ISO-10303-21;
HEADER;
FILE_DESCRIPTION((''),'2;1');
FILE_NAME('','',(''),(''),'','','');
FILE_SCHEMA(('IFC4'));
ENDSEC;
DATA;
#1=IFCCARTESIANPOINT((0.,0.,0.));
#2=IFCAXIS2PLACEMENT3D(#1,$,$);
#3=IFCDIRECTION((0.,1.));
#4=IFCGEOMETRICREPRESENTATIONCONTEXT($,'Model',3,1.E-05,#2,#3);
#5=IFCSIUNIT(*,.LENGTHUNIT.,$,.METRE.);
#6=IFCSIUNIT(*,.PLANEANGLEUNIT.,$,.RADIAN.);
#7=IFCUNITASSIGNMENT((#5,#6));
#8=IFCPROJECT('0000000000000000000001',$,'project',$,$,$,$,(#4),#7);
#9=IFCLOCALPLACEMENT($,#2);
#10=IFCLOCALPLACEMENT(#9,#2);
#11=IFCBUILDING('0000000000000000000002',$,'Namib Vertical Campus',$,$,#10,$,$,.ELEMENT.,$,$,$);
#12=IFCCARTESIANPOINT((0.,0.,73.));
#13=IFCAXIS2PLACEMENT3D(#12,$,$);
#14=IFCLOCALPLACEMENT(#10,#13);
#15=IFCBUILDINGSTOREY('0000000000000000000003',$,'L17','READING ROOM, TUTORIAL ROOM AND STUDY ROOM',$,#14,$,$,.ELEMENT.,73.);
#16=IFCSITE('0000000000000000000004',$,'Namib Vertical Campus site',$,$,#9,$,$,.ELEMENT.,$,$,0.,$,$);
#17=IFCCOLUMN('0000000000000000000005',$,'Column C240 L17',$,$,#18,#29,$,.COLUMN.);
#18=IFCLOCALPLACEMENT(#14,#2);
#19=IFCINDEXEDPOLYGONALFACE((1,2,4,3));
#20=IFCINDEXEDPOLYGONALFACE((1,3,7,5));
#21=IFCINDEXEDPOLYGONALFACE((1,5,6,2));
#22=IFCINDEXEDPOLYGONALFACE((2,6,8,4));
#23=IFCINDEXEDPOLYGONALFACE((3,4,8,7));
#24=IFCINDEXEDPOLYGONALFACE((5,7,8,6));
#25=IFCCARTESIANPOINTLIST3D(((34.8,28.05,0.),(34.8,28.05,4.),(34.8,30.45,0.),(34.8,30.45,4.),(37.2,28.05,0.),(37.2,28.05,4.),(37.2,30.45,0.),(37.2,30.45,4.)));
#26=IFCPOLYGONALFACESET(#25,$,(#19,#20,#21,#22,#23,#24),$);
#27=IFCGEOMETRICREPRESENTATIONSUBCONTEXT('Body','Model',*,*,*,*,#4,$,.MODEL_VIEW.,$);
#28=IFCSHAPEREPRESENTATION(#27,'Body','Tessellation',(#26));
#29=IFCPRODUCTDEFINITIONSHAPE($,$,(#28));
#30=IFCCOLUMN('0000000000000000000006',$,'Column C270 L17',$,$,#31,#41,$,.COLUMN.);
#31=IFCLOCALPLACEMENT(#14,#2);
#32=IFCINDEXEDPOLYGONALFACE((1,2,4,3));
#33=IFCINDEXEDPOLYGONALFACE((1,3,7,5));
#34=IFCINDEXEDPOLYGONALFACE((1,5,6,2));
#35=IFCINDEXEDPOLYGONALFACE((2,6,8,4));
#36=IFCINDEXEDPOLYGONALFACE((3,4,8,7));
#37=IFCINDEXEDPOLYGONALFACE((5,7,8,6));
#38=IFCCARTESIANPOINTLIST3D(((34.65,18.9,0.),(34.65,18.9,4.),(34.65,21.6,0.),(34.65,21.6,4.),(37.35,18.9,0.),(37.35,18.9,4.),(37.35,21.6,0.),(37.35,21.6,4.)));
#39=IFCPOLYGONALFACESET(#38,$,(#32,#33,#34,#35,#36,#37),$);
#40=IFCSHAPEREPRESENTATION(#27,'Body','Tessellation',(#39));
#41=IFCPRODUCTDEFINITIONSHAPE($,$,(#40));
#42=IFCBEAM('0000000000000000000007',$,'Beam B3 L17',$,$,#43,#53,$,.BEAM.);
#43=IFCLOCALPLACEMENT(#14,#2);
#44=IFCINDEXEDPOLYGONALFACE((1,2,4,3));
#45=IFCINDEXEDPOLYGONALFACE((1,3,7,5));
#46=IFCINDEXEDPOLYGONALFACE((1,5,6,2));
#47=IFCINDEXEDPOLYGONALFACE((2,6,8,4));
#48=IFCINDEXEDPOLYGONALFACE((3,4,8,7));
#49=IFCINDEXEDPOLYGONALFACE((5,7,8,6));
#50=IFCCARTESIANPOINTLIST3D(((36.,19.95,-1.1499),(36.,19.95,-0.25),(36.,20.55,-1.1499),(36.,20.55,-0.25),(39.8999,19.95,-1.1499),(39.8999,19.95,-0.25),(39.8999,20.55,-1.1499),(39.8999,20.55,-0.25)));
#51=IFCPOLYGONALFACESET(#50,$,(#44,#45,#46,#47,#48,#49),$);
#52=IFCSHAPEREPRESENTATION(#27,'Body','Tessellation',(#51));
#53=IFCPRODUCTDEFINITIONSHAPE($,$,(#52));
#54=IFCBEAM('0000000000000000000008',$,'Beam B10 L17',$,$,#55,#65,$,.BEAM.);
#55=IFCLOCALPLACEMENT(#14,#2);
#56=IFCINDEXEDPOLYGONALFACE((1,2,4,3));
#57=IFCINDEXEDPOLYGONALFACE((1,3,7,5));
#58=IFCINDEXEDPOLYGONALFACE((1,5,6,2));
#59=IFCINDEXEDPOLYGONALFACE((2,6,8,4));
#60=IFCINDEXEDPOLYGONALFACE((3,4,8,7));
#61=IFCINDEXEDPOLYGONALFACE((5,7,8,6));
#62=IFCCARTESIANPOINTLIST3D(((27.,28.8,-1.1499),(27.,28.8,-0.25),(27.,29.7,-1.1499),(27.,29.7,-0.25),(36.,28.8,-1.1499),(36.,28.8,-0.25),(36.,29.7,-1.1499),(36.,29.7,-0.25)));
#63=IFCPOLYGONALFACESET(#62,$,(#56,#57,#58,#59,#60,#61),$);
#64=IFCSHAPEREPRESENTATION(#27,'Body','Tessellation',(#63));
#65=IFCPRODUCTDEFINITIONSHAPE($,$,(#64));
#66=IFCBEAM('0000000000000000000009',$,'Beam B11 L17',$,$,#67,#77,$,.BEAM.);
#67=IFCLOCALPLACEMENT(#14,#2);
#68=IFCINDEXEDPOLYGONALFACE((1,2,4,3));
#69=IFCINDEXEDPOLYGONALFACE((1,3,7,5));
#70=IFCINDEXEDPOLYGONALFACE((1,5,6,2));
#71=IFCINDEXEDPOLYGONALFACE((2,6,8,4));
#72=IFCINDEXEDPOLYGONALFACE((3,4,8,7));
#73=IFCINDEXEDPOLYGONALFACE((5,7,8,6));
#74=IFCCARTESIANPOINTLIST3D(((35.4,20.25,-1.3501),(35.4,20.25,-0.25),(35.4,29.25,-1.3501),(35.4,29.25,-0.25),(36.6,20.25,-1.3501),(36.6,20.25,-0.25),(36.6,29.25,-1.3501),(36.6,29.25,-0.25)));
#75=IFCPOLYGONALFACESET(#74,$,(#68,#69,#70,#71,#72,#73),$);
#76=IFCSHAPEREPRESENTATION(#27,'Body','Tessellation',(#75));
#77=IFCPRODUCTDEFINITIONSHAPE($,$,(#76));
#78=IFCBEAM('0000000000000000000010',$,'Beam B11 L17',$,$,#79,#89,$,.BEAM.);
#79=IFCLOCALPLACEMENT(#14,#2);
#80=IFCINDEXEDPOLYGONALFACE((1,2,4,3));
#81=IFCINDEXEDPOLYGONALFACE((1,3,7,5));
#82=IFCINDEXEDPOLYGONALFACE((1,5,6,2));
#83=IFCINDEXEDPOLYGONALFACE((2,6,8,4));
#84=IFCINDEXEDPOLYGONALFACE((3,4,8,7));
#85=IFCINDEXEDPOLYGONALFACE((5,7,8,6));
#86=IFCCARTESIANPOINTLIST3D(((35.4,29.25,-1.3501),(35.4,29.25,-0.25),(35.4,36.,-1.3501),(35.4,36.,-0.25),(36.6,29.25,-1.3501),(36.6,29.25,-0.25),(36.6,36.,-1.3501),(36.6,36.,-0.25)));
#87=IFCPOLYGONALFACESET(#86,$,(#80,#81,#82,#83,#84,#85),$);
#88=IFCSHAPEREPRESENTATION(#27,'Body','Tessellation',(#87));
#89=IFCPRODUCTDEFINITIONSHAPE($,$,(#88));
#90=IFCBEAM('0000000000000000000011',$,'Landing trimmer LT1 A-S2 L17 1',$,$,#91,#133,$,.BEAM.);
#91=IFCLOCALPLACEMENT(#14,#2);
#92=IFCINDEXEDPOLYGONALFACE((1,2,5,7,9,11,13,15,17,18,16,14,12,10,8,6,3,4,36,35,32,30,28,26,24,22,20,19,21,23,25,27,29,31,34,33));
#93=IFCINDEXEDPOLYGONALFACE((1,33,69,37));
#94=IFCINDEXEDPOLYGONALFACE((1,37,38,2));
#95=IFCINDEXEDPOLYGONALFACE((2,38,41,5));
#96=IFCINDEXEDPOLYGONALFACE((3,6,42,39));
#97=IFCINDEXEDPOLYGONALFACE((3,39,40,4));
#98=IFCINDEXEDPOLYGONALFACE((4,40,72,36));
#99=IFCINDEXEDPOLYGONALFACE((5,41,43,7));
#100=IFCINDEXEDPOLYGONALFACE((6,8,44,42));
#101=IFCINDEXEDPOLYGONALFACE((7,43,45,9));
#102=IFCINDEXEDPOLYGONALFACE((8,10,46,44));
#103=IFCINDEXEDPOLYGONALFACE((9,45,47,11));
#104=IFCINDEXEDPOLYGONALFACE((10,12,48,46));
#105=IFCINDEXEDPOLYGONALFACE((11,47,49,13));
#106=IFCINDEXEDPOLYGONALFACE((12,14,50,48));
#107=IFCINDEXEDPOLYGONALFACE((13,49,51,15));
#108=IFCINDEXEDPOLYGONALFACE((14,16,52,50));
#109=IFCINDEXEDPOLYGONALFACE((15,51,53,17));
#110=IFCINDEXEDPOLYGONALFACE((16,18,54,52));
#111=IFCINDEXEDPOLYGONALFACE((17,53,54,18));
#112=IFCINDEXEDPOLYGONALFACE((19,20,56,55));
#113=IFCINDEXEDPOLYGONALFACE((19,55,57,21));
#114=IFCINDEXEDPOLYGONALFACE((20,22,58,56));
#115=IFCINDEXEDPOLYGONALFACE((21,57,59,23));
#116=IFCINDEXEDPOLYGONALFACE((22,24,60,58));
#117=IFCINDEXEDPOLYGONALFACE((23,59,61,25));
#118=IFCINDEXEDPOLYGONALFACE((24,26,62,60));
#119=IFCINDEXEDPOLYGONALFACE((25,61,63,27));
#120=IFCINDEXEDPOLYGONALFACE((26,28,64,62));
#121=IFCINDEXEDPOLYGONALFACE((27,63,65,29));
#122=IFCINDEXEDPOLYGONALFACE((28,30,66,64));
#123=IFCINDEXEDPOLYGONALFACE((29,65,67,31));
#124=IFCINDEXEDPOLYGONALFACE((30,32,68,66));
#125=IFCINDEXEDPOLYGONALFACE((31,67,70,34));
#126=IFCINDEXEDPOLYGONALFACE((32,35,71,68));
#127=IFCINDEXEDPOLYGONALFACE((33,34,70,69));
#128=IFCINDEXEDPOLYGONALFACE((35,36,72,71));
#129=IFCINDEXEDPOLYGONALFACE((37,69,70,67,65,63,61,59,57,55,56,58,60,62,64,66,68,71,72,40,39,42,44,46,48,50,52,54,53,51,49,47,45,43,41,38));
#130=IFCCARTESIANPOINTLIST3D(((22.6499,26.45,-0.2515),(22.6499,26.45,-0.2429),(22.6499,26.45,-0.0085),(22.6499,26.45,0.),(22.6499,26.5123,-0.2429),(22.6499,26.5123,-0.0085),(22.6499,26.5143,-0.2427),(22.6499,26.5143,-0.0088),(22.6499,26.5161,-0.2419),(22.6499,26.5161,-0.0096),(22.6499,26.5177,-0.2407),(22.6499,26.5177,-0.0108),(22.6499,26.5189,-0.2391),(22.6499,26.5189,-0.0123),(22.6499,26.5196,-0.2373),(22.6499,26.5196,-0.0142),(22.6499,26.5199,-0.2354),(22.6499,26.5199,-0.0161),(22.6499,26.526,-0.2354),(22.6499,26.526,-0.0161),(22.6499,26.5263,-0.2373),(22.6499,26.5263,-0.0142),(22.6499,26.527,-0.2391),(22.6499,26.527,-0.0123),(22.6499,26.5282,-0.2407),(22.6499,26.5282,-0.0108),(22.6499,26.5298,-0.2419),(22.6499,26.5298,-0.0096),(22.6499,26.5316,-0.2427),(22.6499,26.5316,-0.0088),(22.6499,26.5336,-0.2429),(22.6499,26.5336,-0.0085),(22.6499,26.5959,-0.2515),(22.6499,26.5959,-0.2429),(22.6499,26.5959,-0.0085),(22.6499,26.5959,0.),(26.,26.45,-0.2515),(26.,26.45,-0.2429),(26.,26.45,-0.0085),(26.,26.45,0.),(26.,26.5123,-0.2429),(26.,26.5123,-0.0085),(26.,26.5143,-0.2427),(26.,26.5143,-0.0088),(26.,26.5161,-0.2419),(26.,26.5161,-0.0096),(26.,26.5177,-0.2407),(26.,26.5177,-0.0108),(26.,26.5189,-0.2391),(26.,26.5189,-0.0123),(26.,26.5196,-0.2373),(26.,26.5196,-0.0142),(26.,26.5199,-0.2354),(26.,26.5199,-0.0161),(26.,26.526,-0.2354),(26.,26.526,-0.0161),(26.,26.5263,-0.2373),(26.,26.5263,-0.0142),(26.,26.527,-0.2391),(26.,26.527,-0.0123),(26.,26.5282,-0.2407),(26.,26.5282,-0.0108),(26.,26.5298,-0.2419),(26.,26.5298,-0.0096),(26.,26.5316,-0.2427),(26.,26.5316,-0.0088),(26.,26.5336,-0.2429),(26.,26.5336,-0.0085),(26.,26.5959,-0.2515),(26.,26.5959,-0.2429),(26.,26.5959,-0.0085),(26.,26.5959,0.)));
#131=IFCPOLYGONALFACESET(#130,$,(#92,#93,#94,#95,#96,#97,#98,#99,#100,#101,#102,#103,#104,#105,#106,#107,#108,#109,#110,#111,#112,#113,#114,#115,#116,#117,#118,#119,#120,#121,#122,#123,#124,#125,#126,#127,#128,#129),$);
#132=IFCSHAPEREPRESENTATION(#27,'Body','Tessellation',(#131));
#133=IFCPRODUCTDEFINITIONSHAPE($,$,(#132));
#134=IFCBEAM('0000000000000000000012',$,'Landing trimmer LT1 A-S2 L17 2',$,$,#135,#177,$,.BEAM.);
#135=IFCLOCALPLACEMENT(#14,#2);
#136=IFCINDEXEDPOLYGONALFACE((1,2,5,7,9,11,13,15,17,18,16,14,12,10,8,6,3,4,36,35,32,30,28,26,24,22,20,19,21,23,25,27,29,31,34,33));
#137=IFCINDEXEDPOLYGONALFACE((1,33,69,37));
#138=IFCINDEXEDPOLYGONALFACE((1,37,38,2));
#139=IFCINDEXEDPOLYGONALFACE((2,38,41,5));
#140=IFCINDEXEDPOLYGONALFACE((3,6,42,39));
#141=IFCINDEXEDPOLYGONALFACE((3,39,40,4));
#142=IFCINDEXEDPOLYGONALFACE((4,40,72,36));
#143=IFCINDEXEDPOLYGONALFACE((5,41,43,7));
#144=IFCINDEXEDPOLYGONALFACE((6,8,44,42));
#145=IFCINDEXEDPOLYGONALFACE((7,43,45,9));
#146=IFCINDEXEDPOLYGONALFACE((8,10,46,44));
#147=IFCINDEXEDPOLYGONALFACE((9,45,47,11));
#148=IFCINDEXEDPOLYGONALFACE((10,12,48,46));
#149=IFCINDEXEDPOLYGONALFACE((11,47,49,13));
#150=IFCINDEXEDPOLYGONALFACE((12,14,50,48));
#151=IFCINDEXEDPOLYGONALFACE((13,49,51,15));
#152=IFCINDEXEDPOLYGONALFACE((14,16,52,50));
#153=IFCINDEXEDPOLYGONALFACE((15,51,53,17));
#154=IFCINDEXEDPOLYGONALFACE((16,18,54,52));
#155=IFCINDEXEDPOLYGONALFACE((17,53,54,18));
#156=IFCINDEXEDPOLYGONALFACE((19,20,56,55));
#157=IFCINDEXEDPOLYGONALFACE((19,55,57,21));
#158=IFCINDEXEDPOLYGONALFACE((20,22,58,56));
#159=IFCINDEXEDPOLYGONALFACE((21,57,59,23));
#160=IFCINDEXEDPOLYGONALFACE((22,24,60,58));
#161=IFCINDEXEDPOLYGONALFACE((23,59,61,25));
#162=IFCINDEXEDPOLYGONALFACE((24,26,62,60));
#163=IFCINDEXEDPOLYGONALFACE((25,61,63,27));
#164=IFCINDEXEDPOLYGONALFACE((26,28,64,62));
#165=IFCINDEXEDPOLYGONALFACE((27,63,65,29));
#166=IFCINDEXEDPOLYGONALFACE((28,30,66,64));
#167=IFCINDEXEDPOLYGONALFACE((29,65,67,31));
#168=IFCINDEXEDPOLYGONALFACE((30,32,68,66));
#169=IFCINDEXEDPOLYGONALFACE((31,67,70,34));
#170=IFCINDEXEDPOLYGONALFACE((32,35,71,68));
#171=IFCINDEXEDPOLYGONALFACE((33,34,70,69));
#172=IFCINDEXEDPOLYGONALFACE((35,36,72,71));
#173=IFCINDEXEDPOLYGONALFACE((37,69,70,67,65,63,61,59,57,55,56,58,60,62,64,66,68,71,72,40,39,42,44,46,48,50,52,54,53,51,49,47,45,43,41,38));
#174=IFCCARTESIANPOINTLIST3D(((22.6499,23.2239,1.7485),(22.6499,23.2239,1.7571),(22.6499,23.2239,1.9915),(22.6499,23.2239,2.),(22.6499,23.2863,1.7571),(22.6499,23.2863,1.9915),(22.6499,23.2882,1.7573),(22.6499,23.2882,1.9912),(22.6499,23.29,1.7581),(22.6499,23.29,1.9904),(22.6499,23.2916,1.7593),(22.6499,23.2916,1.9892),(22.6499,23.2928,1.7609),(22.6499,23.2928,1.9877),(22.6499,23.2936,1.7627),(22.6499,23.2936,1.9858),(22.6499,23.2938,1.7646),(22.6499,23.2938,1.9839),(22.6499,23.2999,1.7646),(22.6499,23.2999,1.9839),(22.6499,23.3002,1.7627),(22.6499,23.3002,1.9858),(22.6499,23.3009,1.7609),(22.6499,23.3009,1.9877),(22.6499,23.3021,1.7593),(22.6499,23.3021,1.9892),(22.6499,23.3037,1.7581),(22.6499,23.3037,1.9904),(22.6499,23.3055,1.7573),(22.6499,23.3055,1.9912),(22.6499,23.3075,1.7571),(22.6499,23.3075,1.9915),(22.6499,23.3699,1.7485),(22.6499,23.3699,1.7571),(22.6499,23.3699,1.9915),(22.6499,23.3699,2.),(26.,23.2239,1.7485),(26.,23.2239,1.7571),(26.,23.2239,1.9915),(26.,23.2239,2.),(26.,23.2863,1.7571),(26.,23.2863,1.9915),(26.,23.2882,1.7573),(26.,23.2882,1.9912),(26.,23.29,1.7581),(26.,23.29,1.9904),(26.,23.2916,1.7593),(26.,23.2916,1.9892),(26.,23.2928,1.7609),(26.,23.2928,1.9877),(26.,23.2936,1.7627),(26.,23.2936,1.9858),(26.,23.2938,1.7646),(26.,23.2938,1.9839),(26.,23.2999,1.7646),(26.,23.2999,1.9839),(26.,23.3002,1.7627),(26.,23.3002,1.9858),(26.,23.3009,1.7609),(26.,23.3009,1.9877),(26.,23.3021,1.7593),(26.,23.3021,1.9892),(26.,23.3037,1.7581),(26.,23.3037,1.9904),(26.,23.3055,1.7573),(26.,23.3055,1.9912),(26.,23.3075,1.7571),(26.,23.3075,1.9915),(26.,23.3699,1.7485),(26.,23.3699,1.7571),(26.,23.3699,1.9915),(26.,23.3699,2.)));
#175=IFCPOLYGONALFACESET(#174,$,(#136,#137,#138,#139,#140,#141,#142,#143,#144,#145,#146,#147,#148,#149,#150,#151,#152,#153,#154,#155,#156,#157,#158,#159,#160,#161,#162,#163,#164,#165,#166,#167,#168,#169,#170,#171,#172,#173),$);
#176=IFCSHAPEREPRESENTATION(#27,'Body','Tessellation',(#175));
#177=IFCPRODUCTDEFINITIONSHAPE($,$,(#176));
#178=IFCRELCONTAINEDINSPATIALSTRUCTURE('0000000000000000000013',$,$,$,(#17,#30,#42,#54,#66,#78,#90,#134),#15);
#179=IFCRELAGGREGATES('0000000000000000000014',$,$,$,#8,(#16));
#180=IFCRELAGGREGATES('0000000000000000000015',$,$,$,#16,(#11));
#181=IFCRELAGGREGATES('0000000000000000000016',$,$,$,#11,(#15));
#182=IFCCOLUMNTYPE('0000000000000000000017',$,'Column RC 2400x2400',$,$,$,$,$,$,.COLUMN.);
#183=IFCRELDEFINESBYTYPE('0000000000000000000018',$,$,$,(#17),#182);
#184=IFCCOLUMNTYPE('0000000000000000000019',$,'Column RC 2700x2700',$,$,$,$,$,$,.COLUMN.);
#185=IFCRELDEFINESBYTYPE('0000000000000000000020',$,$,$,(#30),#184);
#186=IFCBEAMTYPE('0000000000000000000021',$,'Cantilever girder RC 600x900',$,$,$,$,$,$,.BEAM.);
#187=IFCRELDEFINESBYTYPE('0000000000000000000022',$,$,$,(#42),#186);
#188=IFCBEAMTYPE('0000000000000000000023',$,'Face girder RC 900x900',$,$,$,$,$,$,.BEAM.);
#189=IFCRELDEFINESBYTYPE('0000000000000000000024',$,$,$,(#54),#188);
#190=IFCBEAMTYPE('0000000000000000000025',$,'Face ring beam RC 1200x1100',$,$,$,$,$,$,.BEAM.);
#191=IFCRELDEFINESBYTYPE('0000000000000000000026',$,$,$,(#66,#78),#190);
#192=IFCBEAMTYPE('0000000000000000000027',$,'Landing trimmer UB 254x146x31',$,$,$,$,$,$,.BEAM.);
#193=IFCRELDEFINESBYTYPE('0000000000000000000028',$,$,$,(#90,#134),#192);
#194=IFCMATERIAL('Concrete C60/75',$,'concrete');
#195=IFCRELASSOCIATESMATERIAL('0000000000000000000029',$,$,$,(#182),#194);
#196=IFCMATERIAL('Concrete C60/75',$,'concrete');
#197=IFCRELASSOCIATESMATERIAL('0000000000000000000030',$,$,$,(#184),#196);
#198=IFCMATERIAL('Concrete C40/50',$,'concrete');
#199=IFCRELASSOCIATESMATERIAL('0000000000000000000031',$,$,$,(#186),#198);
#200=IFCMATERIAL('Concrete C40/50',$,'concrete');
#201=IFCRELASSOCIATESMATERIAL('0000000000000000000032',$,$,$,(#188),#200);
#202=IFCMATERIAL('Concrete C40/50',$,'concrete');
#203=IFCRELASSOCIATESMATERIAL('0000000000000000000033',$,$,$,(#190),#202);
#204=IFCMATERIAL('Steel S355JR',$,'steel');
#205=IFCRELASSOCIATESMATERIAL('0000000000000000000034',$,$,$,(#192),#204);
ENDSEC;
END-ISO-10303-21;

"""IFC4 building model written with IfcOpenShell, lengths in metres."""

from ifc_helpers import new_model, si_unit, direction, frame, origin, origin_2d, place, context, subcontext, project, spatial, rectangle, i_section, extrude, material, material_profile, profile_set, type_object, element, save


model = new_model("IFC4")

# Units and contexts
model_context = context("Model", 3, precision=1e-05, world=origin(), true_north=direction((0.0, 1.0)))
body_context = subcontext(model_context, "Body", "Model", "MODEL_VIEW")
ifc_project = project(units=[si_unit("LENGTHUNIT", "METRE"), si_unit("PLANEANGLEUNIT", "RADIAN")], contexts=[model_context])

# Site, building, storey
site_placement = place(None, origin())
site = spatial("IfcSite", under=ifc_project, at=site_placement, Name="Namib Vertical Campus site", CompositionType="ELEMENT", RefElevation=0.0)
building_placement = place(site_placement, origin())
building = spatial("IfcBuilding", under=site, at=building_placement, Name="Namib Vertical Campus", CompositionType="ELEMENT")
storey_placement = place(building_placement, frame((0.0, 0.0, 73.0)))
storey = spatial("IfcBuildingStorey", under=building, at=storey_placement, Name="L17", Description="READING ROOM, TUTORIAL ROOM AND STUDY ROOM", CompositionType="ELEMENT", Elevation=73.0)

# Columns
ifc_material_1 = material(Name="Concrete C60/75", Category="concrete")
ifc_material_profile_1 = material_profile(ifc_material_1, rectangle(XDim=2.3999, YDim=2.3999, at=origin_2d()))
ifc_profile_set_1 = profile_set([ifc_material_profile_1], Name="Concrete C60/75")
column_type_1 = type_object("IfcColumnType", Name="Column RC 2400x2400", PredefinedType="COLUMN", material=ifc_profile_set_1)
column_1_placement = place(storey_placement, frame((36.0, 29.25, 0.0), z_axis=(0.0, 0.0, 1.0), x_axis=(1.0, 0.0, 0.0)))
element("IfcColumn", 1, at=column_1_placement, inside=storey, type_object=column_type_1, Name="Column C240 L17", PredefinedType="COLUMN", context=body_context, shape_type="SweptSolid", body=[
    extrude(rectangle(XDim=2.3999, YDim=2.3999, at=origin_2d()), origin(), (0.0, 0.0, 1.0), 4.0),
])
ifc_material_2 = material(Name="Concrete C60/75", Category="concrete")
ifc_material_profile_2 = material_profile(ifc_material_2, rectangle(XDim=2.7, YDim=2.7, at=origin_2d()))
ifc_profile_set_2 = profile_set([ifc_material_profile_2], Name="Concrete C60/75")
column_type_2 = type_object("IfcColumnType", Name="Column RC 2700x2700", PredefinedType="COLUMN", material=ifc_profile_set_2)
column_2_placement = place(storey_placement, frame((36.0, 20.25, 0.0), z_axis=(0.0, 0.0, 1.0), x_axis=(1.0, 0.0, 0.0)))
element("IfcColumn", 2, at=column_2_placement, inside=storey, type_object=column_type_2, Name="Column C270 L17", PredefinedType="COLUMN", context=body_context, shape_type="SweptSolid", body=[
    extrude(rectangle(XDim=2.7, YDim=2.7, at=origin_2d()), origin(), (0.0, 0.0, 1.0), 4.0),
])

# Beams
ifc_material_3 = material(Name="Concrete C40/50", Category="concrete")
ifc_material_profile_3 = material_profile(ifc_material_3, rectangle(XDim=0.6001, YDim=0.8999, at=origin_2d()))
ifc_profile_set_3 = profile_set([ifc_material_profile_3], Name="Concrete C40/50")
beam_type_1 = type_object("IfcBeamType", Name="Cantilever girder RC 600x900", PredefinedType="BEAM", material=ifc_profile_set_3)
beam_1_placement = place(storey_placement, frame((36.0, 20.25, -0.7), z_axis=(1.0, 0.0, 0.0), x_axis=(0.0, 1.0, 0.0)))
element("IfcBeam", 3, at=beam_1_placement, inside=storey, type_object=beam_type_1, Name="Beam B3 L17", PredefinedType="BEAM", context=body_context, shape_type="SweptSolid", body=[
    extrude(rectangle(XDim=0.6001, YDim=0.8999, at=origin_2d()), origin(), (0.0, 0.0, 1.0), 3.8999),
])
ifc_material_4 = material(Name="Concrete C40/50", Category="concrete")
ifc_material_profile_4 = material_profile(ifc_material_4, rectangle(XDim=0.8999, YDim=0.8999, at=origin_2d()))
ifc_profile_set_4 = profile_set([ifc_material_profile_4], Name="Concrete C40/50")
beam_type_2 = type_object("IfcBeamType", Name="Face girder RC 900x900", PredefinedType="BEAM", material=ifc_profile_set_4)
beam_2_placement = place(storey_placement, frame((36.0, 29.25, -0.7), z_axis=(-1.0, 0.0, 0.0), x_axis=(0.0, -1.0, 0.0)))
element("IfcBeam", 4, at=beam_2_placement, inside=storey, type_object=beam_type_2, Name="Beam B10 L17", PredefinedType="BEAM", context=body_context, shape_type="SweptSolid", body=[
    extrude(rectangle(XDim=0.8999, YDim=0.8999, at=origin_2d()), origin(), (0.0, 0.0, 1.0), 9.0),
])
ifc_material_5 = material(Name="Concrete C40/50", Category="concrete")
ifc_material_profile_5 = material_profile(ifc_material_5, rectangle(XDim=1.2, YDim=1.1001, at=origin_2d()))
ifc_profile_set_5 = profile_set([ifc_material_profile_5], Name="Concrete C40/50")
beam_type_3 = type_object("IfcBeamType", Name="Face ring beam RC 1200x1100", PredefinedType="BEAM", material=ifc_profile_set_5)
beam_3_placement = place(storey_placement, frame((36.0, 20.25, -0.8), z_axis=(0.0, 1.0, 0.0), x_axis=(-1.0, 0.0, 0.0)))
element("IfcBeam", 5, at=beam_3_placement, inside=storey, type_object=beam_type_3, Name="Beam B11 L17", PredefinedType="BEAM", context=body_context, shape_type="SweptSolid", body=[
    extrude(rectangle(XDim=1.2, YDim=1.1001, at=origin_2d()), origin(), (0.0, 0.0, 1.0), 9.0),
])
beam_4_placement = place(storey_placement, frame((36.0, 29.25, -0.8), z_axis=(0.0, 1.0, 0.0), x_axis=(-1.0, 0.0, 0.0)))
element("IfcBeam", 6, at=beam_4_placement, inside=storey, type_object=beam_type_3, Name="Beam B11 L17", PredefinedType="BEAM", context=body_context, shape_type="SweptSolid", body=[
    extrude(rectangle(XDim=1.2, YDim=1.1001, at=origin_2d()), origin(), (0.0, 0.0, 1.0), 6.75),
])
ifc_material_6 = material(Name="Steel S355JR", Category="steel")
ifc_material_profile_6 = material_profile(ifc_material_6, i_section(OverallWidth=0.146, OverallDepth=0.2515, WebThickness=0.0061, FlangeThickness=0.0085, FilletRadius=0.0076, at=origin_2d()))
ifc_profile_set_6 = profile_set([ifc_material_profile_6], Name="Steel S355JR")
beam_type_4 = type_object("IfcBeamType", Name="Landing trimmer UB 254x146x31", PredefinedType="BEAM", material=ifc_profile_set_6)
for number, where, z_axis, x_axis, name in (
    (7, (22.6499, 26.5229, -0.1257), (1.0, 0.0, 0.0), (0.0, 1.0, 0.0), "Landing trimmer LT1 A-S2 L17 1"),
    (8, (22.6499, 23.2969, 1.8743), (1.0, 0.0, 0.0), (0.0, 1.0, 0.0), "Landing trimmer LT1 A-S2 L17 2"),
):
    element("IfcBeam", number, at=place(storey_placement, frame(where, z_axis=z_axis, x_axis=x_axis)), inside=storey, type_object=beam_type_4, Name=name, PredefinedType="BEAM", context=body_context, shape_type="SweptSolid", body=[
        extrude(i_section(OverallWidth=0.146, OverallDepth=0.2515, WebThickness=0.0061, FlangeThickness=0.0085, FilletRadius=0.0076, at=origin_2d()), origin(), (0.0, 0.0, 1.0), 3.3501),
    ])

save(model, "model.ifc")
